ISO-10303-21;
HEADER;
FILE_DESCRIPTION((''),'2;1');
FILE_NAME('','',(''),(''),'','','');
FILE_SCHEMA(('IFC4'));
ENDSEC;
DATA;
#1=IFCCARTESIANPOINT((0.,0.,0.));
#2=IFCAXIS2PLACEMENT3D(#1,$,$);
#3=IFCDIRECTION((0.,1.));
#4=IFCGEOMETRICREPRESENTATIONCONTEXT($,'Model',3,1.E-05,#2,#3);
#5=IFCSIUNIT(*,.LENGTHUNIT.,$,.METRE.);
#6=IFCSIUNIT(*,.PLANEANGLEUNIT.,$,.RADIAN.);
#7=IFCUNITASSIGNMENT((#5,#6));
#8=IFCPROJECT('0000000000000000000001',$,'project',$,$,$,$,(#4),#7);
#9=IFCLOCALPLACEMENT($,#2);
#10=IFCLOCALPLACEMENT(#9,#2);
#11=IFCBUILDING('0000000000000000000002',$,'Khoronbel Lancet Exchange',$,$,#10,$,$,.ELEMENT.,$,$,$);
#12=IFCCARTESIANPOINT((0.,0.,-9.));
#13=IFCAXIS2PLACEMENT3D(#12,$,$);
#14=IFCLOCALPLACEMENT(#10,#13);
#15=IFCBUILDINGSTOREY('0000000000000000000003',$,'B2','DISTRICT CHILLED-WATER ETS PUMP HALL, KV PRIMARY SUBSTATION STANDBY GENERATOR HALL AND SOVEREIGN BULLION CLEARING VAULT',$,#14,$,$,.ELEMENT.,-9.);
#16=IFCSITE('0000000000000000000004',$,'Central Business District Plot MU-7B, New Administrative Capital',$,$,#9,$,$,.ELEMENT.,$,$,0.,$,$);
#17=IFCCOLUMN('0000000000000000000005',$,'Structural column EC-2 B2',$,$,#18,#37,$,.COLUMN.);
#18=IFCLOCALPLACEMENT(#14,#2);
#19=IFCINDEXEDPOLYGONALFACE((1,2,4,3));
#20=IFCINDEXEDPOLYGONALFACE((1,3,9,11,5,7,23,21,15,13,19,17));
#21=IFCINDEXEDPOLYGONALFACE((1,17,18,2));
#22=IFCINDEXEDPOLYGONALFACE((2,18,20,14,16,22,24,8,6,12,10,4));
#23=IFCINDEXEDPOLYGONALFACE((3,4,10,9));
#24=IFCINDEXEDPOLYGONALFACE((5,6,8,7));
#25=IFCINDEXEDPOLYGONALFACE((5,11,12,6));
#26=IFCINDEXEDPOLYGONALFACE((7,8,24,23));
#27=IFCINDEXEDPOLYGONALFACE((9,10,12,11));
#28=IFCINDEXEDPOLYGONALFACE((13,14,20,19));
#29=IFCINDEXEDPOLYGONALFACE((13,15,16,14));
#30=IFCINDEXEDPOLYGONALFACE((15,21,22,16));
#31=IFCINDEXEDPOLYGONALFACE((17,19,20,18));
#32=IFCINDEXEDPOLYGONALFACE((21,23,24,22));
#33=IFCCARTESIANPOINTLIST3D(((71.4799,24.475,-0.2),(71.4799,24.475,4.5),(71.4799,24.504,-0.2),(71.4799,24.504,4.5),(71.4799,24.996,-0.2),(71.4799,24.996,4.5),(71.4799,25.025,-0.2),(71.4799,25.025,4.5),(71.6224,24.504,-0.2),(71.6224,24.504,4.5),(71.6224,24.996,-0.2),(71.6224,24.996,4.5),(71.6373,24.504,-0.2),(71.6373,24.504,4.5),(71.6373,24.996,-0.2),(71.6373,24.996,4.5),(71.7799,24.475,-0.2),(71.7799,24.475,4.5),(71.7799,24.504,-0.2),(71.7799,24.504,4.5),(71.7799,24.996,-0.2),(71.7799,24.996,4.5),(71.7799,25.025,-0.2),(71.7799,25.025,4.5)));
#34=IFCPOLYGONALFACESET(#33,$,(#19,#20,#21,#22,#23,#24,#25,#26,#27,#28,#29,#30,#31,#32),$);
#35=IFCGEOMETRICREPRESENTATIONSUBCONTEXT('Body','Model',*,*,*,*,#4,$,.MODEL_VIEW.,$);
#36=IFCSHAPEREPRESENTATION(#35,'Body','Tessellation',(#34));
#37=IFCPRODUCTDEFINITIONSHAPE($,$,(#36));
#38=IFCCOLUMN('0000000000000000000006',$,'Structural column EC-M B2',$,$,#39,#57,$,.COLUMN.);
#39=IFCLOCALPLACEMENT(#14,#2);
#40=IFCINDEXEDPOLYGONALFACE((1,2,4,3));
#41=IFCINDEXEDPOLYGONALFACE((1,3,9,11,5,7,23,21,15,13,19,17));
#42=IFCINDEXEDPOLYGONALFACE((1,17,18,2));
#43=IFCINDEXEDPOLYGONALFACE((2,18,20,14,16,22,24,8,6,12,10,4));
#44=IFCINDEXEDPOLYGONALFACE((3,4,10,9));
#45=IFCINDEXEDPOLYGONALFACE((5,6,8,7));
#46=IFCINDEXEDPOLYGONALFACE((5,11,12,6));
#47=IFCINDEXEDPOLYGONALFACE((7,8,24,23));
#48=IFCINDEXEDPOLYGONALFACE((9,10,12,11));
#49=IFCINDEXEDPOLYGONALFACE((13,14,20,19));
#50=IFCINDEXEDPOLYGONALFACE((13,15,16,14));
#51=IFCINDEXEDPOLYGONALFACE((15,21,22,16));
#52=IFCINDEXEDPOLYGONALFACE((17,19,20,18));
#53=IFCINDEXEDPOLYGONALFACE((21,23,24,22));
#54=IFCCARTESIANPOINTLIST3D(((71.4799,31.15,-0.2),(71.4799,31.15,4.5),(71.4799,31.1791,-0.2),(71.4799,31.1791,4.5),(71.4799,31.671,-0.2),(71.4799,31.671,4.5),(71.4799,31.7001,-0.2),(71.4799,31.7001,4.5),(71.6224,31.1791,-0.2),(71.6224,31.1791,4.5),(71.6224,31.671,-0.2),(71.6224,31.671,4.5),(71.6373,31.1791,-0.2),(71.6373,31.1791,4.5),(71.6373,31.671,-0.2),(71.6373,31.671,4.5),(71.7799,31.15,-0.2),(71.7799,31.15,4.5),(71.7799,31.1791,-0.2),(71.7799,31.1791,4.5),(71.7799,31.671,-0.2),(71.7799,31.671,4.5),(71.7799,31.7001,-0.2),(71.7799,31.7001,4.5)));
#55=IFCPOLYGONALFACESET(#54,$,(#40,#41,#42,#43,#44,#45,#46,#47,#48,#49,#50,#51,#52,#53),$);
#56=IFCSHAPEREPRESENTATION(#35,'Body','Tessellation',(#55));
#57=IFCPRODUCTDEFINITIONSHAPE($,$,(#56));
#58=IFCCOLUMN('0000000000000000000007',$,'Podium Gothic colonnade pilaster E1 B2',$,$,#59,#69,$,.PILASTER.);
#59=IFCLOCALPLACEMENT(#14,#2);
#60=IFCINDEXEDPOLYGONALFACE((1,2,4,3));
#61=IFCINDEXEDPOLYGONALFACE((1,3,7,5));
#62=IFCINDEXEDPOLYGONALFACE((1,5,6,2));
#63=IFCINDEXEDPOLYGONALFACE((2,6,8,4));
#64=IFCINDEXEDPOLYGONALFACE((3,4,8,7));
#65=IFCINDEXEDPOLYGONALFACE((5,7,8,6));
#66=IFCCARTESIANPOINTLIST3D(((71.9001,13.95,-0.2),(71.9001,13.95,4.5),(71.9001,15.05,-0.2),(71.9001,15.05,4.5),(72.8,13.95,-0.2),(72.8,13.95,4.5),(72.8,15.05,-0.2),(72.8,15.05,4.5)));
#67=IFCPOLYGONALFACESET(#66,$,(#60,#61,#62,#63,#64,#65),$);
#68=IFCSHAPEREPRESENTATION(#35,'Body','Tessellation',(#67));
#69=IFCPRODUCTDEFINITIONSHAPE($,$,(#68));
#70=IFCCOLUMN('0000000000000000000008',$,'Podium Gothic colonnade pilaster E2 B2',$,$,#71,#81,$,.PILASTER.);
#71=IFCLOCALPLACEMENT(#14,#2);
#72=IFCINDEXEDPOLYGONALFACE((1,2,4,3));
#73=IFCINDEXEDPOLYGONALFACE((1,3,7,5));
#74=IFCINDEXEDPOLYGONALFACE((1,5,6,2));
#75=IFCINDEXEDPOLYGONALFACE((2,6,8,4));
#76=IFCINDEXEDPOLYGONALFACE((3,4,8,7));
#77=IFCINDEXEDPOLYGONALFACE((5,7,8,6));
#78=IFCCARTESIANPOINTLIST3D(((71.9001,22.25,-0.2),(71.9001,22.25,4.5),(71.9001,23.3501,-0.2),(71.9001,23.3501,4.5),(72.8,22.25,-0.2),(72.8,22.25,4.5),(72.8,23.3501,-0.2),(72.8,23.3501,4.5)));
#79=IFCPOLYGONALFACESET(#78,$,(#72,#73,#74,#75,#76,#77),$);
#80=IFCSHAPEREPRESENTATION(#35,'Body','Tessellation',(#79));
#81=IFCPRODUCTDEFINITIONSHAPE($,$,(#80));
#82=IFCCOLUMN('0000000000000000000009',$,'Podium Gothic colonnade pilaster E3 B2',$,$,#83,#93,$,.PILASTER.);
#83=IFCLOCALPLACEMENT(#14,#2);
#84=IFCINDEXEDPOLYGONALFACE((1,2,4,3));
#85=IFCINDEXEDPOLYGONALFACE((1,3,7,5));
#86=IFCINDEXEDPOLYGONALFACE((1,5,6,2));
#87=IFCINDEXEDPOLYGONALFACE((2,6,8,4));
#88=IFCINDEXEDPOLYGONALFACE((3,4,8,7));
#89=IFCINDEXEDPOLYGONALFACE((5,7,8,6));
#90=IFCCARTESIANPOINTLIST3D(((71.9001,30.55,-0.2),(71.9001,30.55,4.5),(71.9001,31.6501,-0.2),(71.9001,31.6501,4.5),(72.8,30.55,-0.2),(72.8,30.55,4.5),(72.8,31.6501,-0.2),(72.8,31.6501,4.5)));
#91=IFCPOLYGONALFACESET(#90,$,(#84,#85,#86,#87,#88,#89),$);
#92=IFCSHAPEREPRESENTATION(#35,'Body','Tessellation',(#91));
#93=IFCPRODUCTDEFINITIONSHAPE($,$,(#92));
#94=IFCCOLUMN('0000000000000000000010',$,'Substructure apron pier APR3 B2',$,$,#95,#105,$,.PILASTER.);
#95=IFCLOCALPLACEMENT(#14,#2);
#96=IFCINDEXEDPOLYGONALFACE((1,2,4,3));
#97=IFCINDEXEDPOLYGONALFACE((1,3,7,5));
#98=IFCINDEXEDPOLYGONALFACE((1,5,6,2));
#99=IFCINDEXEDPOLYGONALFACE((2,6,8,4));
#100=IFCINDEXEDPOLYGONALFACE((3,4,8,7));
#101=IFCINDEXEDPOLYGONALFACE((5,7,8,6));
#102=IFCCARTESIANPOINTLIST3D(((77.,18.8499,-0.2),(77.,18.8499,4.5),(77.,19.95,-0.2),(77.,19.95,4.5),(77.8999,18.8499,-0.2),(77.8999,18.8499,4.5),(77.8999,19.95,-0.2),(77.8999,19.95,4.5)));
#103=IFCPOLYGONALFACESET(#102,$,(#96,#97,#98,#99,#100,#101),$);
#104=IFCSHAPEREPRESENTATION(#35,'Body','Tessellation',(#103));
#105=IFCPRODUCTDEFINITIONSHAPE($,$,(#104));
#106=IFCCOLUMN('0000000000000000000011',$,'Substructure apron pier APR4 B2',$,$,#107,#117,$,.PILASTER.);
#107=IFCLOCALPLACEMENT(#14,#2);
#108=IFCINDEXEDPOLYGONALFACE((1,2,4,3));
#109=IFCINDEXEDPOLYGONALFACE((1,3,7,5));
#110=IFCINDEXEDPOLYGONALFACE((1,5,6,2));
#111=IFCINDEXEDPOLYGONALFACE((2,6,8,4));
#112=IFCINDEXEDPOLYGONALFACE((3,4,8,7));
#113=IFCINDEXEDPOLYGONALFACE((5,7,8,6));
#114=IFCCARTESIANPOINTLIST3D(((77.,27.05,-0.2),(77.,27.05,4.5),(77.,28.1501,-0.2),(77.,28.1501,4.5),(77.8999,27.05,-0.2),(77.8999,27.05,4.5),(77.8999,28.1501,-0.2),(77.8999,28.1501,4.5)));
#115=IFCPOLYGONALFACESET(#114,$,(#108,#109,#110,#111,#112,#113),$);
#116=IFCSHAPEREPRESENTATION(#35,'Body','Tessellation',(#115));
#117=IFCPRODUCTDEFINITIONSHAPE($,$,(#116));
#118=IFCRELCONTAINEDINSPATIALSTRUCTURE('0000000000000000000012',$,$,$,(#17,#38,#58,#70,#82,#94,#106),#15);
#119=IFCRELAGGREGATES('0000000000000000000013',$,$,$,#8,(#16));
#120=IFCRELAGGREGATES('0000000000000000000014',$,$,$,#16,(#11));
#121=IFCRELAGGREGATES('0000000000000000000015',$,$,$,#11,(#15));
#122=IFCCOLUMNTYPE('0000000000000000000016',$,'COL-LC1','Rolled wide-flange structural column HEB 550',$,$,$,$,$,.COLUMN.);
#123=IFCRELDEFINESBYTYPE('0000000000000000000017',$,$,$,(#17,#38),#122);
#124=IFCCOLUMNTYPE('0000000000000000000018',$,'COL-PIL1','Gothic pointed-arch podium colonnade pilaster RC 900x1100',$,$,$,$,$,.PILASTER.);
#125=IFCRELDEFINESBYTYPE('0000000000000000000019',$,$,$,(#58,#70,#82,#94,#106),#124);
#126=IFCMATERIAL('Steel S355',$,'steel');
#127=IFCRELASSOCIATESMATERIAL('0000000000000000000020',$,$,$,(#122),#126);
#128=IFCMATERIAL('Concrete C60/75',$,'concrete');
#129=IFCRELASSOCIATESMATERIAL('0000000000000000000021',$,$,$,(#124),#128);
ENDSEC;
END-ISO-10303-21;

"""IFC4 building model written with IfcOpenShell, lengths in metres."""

from ifc_helpers import new_model, si_unit, direction, frame, origin, origin_2d, place, context, subcontext, project, spatial, rectangle, i_section, extrude, material, material_profile, profile_set, type_object, element, save


model = new_model("IFC4")

# Units and contexts
model_context = context("Model", 3, precision=1e-05, world=origin(), true_north=direction((0.0, 1.0)))
body_context = subcontext(model_context, "Body", "Model", "MODEL_VIEW")
ifc_project = project(units=[si_unit("LENGTHUNIT", "METRE"), si_unit("PLANEANGLEUNIT", "RADIAN")], contexts=[model_context])

# Site, building, storey
site_placement = place(None, origin())
site = spatial("IfcSite", under=ifc_project, at=site_placement, Name="Central Business District Plot MU-7B, New Administrative Capital", CompositionType="ELEMENT", RefElevation=0.0)
building_placement = place(site_placement, origin())
building = spatial("IfcBuilding", under=site, at=building_placement, Name="Khoronbel Lancet Exchange", CompositionType="ELEMENT")
storey_placement = place(building_placement, frame((0.0, 0.0, -9.0)))
storey = spatial("IfcBuildingStorey", under=building, at=storey_placement, Name="B2", Description="DISTRICT CHILLED-WATER ETS PUMP HALL, KV PRIMARY SUBSTATION STANDBY GENERATOR HALL AND SOVEREIGN BULLION CLEARING VAULT", CompositionType="ELEMENT", Elevation=-9.0)

# Columns
ifc_material_1 = material(Name="Steel S355", Category="steel")
ifc_material_profile_1 = material_profile(ifc_material_1, i_section(OverallWidth=0.3, OverallDepth=0.55, WebThickness=0.0149, FlangeThickness=0.0291, at=origin_2d()), Name="HEB 550")
ifc_profile_set_1 = profile_set([ifc_material_profile_1], Name="Steel S355")
column_type_1 = type_object("IfcColumnType", Name="COL-LC1", Description="Rolled wide-flange structural column HEB 550", PredefinedType="COLUMN", material=ifc_profile_set_1)
for number, where, z_axis, x_axis, name in (
    (1, (71.6299, 24.75, -0.2), (0.0, 0.0, 1.0), (1.0, 0.0, 0.0), "Structural column EC-2 B2"),
    (2, (71.6299, 31.425, -0.2), (0.0, 0.0, 1.0), (1.0, 0.0, 0.0), "Structural column EC-M B2"),
):
    element("IfcColumn", number, at=place(storey_placement, frame(where, z_axis=z_axis, x_axis=x_axis)), inside=storey, type_object=column_type_1, Name=name, PredefinedType="COLUMN", context=body_context, shape_type="SweptSolid", body=[
        extrude(i_section(OverallWidth=0.3, OverallDepth=0.55, WebThickness=0.0149, FlangeThickness=0.0291, at=origin_2d()), origin(), (0.0, 0.0, 1.0), 4.7),
    ])
ifc_material_2 = material(Name="Concrete C60/75", Category="concrete")
ifc_material_profile_2 = material_profile(ifc_material_2, rectangle(XDim=0.8999, YDim=1.1001, at=origin_2d()), Name="RC 900x1100")
ifc_profile_set_2 = profile_set([ifc_material_profile_2], Name="Concrete C60/75")
column_type_2 = type_object("IfcColumnType", Name="COL-PIL1", Description="Gothic pointed-arch podium colonnade pilaster RC 900x1100", PredefinedType="PILASTER", material=ifc_profile_set_2)
for number, where, z_axis, x_axis, name in (
    (3, (72.3501, 14.5, -0.2), (0.0, 0.0, 1.0), (1.0, 0.0, 0.0), "Podium Gothic colonnade pilaster E1 B2"),
    (4, (72.3501, 22.8, -0.2), (0.0, 0.0, 1.0), (1.0, 0.0, 0.0), "Podium Gothic colonnade pilaster E2 B2"),
    (5, (72.3501, 31.1001, -0.2), (0.0, 0.0, 1.0), (1.0, 0.0, 0.0), "Podium Gothic colonnade pilaster E3 B2"),
    (6, (77.45, 19.3999, -0.2), (0.0, 0.0, 1.0), (1.0, 0.0, 0.0), "Substructure apron pier APR3 B2"),
    (7, (77.45, 27.6001, -0.2), (0.0, 0.0, 1.0), (1.0, 0.0, 0.0), "Substructure apron pier APR4 B2"),
):
    element("IfcColumn", number, at=place(storey_placement, frame(where, z_axis=z_axis, x_axis=x_axis)), inside=storey, type_object=column_type_2, Name=name, PredefinedType="PILASTER", context=body_context, shape_type="SweptSolid", body=[
        extrude(rectangle(XDim=0.8999, YDim=1.1001, at=origin_2d()), origin(), (0.0, 0.0, 1.0), 4.7),
    ])

save(model, "model.ifc")
